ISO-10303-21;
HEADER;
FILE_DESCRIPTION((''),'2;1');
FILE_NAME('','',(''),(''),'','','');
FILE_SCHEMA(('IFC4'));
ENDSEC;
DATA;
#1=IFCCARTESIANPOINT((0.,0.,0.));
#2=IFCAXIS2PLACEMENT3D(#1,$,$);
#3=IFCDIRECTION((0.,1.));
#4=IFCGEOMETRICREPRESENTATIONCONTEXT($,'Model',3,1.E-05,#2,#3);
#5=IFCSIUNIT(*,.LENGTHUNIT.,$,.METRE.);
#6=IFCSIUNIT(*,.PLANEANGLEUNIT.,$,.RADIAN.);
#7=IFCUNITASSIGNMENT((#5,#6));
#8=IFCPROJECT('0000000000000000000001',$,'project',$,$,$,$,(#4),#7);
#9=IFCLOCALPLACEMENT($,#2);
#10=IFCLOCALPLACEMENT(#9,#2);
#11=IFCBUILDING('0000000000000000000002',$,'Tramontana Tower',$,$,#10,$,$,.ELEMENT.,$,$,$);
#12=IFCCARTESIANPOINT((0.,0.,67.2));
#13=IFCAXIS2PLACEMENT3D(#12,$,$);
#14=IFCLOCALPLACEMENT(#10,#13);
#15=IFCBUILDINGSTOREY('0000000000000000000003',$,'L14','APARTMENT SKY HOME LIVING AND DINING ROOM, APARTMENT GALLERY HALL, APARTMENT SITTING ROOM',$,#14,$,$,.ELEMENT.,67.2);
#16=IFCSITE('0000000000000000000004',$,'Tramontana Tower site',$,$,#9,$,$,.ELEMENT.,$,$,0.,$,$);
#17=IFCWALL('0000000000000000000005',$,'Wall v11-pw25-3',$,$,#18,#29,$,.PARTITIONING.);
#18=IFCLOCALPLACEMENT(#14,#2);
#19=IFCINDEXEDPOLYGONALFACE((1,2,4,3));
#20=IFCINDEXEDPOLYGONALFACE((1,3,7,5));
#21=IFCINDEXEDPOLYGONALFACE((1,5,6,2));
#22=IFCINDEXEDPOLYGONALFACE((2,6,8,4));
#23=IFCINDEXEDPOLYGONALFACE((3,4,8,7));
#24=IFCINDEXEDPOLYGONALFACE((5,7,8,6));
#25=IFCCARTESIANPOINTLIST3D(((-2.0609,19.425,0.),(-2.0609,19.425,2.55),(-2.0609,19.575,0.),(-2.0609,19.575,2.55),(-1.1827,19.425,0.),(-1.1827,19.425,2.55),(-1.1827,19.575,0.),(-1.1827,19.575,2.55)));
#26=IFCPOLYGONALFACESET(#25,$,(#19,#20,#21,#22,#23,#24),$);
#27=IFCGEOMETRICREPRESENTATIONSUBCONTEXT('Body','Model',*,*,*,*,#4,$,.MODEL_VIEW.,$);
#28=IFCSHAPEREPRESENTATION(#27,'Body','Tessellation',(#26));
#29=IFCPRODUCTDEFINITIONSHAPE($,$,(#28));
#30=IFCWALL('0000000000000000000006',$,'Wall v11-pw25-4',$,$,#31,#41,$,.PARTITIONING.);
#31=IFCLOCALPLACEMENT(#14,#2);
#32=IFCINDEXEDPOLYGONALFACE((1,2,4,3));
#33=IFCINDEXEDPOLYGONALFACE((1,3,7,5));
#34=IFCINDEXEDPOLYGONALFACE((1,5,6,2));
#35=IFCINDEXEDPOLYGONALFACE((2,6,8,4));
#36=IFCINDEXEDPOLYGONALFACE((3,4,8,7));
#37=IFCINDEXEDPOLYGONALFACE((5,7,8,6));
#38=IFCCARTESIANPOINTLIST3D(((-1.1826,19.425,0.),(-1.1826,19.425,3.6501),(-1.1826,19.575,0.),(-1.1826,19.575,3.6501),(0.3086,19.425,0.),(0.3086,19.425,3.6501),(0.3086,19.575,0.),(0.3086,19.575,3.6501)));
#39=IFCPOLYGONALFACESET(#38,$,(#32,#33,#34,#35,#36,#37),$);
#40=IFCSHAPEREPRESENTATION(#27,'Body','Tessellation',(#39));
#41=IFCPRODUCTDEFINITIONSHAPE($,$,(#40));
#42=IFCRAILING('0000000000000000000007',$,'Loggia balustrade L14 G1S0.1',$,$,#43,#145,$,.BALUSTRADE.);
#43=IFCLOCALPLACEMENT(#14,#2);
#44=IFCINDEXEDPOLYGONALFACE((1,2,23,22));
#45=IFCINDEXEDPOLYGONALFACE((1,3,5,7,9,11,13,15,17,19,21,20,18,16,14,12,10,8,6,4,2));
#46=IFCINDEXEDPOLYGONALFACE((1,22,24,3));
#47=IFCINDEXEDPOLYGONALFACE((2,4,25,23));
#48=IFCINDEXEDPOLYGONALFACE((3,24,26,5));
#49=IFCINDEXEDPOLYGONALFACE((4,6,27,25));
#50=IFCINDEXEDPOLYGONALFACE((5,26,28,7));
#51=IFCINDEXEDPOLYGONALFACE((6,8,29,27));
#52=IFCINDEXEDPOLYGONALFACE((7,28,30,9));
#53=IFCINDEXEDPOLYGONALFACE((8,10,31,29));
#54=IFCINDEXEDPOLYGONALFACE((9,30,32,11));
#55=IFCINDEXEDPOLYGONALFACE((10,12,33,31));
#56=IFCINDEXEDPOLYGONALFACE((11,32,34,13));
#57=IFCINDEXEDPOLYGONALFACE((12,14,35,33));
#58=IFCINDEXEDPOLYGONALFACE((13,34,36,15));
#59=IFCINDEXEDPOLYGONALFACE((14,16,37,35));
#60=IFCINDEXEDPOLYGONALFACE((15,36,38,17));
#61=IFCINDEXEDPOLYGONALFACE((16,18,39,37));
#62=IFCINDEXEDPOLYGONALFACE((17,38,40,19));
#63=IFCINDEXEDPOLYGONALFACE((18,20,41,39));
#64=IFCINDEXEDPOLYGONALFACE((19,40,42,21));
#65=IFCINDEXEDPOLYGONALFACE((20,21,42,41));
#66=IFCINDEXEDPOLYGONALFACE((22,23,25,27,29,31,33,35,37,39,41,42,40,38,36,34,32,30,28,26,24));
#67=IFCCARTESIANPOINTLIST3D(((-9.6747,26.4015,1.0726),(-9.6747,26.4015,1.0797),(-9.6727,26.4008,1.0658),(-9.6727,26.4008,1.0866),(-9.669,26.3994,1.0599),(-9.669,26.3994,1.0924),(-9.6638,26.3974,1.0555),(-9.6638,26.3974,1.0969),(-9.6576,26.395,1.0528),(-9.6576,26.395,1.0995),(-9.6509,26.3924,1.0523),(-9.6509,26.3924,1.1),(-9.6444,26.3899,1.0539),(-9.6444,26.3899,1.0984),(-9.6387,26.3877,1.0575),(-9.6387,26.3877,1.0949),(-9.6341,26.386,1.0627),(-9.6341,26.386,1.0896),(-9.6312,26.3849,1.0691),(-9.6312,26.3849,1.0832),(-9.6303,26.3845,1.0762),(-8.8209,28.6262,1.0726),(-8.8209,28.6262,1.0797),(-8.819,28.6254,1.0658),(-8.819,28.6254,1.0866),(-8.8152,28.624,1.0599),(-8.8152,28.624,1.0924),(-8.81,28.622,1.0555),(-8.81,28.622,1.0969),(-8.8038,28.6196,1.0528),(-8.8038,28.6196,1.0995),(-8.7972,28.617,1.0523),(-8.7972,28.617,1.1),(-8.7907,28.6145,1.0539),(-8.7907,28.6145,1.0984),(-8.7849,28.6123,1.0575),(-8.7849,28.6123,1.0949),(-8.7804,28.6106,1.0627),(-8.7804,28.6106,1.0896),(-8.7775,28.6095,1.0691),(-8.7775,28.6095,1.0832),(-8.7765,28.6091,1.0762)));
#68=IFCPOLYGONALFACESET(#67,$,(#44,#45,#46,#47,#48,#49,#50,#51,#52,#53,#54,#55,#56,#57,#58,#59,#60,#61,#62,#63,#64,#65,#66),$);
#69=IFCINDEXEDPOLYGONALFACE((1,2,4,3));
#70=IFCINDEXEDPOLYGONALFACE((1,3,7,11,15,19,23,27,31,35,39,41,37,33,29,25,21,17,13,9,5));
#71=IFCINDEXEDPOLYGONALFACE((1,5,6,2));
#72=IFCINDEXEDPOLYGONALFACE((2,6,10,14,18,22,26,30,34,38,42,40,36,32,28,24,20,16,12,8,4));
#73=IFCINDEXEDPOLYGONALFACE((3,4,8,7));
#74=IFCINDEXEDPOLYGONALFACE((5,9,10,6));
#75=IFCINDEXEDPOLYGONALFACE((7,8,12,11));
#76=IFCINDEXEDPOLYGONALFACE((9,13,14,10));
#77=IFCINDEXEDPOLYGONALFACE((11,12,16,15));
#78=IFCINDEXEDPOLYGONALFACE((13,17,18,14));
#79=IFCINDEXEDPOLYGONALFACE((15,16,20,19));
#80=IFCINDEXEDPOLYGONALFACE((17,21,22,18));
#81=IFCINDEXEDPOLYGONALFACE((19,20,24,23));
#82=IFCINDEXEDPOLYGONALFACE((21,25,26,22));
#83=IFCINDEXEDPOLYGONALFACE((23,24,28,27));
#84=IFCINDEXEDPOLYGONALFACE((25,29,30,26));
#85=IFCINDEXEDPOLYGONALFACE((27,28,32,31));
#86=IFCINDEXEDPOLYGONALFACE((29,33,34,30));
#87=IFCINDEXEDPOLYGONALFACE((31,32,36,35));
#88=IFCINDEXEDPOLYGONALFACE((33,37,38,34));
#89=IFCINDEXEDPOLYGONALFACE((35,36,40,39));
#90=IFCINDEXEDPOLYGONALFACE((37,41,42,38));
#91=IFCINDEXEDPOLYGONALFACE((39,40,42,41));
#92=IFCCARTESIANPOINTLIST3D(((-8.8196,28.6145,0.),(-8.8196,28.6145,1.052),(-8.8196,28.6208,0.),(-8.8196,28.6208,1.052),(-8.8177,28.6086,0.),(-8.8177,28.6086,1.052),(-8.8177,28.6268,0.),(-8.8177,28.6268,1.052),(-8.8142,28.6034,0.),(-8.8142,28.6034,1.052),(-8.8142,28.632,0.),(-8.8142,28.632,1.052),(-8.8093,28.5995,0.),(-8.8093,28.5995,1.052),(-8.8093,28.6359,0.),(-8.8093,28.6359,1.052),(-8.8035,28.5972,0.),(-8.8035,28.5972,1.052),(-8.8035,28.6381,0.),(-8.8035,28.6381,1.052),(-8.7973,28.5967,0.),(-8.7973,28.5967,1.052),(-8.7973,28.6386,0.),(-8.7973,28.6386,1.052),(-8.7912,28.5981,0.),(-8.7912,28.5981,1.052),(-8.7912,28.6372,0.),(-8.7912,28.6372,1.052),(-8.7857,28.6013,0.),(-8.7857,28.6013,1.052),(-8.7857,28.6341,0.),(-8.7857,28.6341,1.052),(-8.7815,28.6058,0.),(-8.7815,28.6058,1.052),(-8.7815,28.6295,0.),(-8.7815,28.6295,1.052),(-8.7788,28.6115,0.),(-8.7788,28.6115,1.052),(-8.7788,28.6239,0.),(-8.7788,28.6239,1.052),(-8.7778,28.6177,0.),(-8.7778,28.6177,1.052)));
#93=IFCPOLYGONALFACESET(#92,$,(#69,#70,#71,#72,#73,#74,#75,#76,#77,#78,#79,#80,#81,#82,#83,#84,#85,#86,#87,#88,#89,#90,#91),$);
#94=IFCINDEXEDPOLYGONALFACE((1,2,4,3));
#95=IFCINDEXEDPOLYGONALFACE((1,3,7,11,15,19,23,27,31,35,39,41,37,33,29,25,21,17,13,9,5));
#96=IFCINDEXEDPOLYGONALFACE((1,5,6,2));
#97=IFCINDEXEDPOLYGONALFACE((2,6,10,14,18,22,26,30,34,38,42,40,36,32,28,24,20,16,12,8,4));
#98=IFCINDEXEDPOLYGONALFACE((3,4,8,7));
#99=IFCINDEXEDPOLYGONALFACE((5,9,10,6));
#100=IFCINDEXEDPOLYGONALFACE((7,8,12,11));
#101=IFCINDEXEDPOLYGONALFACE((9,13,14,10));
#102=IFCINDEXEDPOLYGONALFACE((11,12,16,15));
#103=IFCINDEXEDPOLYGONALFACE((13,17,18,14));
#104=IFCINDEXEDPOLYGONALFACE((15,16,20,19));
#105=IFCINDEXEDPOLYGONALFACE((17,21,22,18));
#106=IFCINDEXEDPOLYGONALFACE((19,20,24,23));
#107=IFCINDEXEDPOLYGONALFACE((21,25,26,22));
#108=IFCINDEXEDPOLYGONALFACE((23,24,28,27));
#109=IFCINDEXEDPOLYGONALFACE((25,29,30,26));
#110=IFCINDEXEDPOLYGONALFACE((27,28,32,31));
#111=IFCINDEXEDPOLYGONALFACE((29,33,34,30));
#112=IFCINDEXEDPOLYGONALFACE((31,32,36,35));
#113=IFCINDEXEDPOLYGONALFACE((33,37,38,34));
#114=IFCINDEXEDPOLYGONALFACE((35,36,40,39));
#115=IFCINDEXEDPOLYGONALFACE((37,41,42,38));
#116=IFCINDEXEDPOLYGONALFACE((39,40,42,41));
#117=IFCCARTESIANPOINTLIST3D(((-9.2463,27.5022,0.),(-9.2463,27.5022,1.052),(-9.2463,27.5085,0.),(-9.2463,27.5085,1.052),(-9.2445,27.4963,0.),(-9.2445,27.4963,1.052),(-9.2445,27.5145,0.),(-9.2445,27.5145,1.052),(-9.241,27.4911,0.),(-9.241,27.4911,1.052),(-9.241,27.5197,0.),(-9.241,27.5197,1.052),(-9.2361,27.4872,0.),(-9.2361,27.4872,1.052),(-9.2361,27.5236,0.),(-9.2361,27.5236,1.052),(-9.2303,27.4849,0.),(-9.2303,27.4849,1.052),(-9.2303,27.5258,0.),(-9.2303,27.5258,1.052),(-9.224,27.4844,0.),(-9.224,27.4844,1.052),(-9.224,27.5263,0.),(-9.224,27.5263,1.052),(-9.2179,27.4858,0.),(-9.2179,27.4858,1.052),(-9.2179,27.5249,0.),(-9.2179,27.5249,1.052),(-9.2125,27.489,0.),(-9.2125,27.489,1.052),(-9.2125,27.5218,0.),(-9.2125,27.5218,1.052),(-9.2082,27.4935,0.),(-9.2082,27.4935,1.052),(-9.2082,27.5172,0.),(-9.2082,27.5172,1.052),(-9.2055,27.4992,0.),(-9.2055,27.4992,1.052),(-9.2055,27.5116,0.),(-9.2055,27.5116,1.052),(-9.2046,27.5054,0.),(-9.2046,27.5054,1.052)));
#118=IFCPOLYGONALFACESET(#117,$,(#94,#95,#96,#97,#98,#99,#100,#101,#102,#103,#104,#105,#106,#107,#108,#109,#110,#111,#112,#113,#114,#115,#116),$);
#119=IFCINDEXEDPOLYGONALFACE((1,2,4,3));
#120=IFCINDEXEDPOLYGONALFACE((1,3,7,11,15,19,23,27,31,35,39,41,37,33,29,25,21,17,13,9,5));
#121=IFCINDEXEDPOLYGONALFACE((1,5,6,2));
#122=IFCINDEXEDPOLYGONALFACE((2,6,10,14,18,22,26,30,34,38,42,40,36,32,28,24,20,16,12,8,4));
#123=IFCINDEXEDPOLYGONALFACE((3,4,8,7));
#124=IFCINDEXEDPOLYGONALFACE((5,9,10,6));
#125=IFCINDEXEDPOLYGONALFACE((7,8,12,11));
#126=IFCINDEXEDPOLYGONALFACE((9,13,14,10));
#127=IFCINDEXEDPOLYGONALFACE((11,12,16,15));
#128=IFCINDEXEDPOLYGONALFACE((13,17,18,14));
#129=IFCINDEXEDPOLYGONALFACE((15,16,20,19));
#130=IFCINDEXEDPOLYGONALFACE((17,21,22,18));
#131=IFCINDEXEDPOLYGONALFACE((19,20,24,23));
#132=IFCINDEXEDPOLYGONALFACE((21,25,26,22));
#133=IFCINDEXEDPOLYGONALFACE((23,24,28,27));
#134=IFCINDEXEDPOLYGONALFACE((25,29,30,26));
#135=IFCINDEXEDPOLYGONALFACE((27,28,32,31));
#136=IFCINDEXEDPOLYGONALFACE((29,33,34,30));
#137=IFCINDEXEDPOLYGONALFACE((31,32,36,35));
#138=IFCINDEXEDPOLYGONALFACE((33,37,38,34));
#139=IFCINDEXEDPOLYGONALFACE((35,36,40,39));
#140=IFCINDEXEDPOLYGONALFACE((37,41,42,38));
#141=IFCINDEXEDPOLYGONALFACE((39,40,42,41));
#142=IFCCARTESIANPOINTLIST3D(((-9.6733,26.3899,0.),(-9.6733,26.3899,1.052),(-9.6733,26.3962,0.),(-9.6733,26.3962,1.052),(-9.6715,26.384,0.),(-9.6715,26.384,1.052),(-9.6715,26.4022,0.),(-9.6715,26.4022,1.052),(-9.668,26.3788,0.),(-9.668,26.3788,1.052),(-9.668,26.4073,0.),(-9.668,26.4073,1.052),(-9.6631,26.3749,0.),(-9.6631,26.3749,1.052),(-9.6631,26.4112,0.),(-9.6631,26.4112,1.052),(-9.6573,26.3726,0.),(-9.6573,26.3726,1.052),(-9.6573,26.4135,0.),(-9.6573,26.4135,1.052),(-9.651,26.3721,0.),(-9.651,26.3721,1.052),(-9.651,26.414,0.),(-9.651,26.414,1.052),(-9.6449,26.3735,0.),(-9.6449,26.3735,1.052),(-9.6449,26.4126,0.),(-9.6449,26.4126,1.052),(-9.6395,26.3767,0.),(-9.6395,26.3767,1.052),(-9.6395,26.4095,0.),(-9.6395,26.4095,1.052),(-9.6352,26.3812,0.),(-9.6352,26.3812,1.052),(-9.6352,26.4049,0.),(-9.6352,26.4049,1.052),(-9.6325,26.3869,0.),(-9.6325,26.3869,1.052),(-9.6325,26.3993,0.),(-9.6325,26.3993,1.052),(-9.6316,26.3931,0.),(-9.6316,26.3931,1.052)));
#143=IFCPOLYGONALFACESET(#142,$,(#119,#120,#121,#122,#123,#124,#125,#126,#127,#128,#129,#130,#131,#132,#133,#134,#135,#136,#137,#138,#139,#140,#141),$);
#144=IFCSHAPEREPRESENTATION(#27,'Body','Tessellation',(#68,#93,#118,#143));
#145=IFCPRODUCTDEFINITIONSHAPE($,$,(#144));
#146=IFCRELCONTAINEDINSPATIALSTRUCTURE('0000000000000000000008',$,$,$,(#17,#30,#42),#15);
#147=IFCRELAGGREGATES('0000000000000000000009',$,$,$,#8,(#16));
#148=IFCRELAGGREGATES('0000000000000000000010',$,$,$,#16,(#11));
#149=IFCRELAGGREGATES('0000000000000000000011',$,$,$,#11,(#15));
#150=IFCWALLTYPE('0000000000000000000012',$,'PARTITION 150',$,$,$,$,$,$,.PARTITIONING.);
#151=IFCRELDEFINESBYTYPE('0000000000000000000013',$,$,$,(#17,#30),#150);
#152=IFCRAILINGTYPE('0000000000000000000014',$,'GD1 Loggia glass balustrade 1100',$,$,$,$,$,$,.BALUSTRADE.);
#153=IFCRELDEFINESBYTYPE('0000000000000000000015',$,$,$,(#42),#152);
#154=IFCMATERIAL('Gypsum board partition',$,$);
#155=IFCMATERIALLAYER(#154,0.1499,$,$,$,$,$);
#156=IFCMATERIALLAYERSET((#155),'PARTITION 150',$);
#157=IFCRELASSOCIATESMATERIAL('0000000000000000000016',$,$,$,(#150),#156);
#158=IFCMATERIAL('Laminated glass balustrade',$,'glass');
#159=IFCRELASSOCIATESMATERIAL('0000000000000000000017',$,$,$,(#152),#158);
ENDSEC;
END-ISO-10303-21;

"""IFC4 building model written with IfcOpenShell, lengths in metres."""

from ifc_helpers import new_model, si_unit, direction, frame, frame_2d, origin, origin_2d, place, context, subcontext, project, spatial, rectangle, circle, extrude, material, layer, layer_set, type_object, element, save


model = new_model("IFC4")

# Units and contexts
model_context = context("Model", 3, precision=1e-05, world=origin(), true_north=direction((0.0, 1.0)))
body_context = subcontext(model_context, "Body", "Model", "MODEL_VIEW")
ifc_project = project(units=[si_unit("LENGTHUNIT", "METRE"), si_unit("PLANEANGLEUNIT", "RADIAN")], contexts=[model_context])

# Site, building, storey
site_placement = place(None, origin())
site = spatial("IfcSite", under=ifc_project, at=site_placement, Name="Tramontana Tower site", CompositionType="ELEMENT", RefElevation=0.0)
building_placement = place(site_placement, origin())
building = spatial("IfcBuilding", under=site, at=building_placement, Name="Tramontana Tower", CompositionType="ELEMENT")
storey_placement = place(building_placement, frame((0.0, 0.0, 67.2)))
storey = spatial("IfcBuildingStorey", under=building, at=storey_placement, Name="L14", Description="APARTMENT SKY HOME LIVING AND DINING ROOM, APARTMENT GALLERY HALL, APARTMENT SITTING ROOM", CompositionType="ELEMENT", Elevation=67.2)

# Shared definitions
ifc_material_1 = material(Name="Gypsum board partition")
ifc_layer_1 = layer(ifc_material_1, 0.1499)
ifc_layer_set_1 = layer_set([ifc_layer_1], Name="PARTITION 150")
wall_type_1 = type_object("IfcWallType", Name="PARTITION 150", PredefinedType="PARTITIONING", material=ifc_layer_set_1)

# Walls
wall_1_placement = place(storey_placement, frame((-2.0608, 19.5, 0.0), z_axis=(0.0, 0.0, 1.0), x_axis=(1.0, 0.0, 0.0)))
element("IfcWall", 1, at=wall_1_placement, inside=storey, type_object=wall_type_1, Name="Wall v11-pw25-3", PredefinedType="PARTITIONING", context=body_context, shape_type="SweptSolid", body=[
    extrude(rectangle(XDim=0.8782, YDim=0.1499, at=frame_2d((0.439, 0.0))), origin(), (0.0, 0.0, 1.0), 2.55),
])
wall_2_placement = place(storey_placement, frame((-1.1826, 19.5, 0.0), z_axis=(0.0, 0.0, 1.0), x_axis=(1.0, 0.0, 0.0)))
element("IfcWall", 2, at=wall_2_placement, inside=storey, type_object=wall_type_1, Name="Wall v11-pw25-4", PredefinedType="PARTITIONING", context=body_context, shape_type="SweptSolid", body=[
    extrude(rectangle(XDim=1.4912, YDim=0.1499, at=frame_2d((0.7456, 0.0))), origin(), (0.0, 0.0, 1.0), 3.6501),
])

# Railing
ifc_material_2 = material(Name="Laminated glass balustrade", Category="glass")
railing_type = type_object("IfcRailingType", Name="GD1 Loggia glass balustrade 1100", PredefinedType="BALUSTRADE", material=ifc_material_2)
railing_placement = place(storey_placement, frame((-8.7988, 28.6177, 0.0)))
element("IfcRailing", 3, at=railing_placement, inside=storey, type_object=railing_type, Name="Loggia balustrade L14 G1S0.1", PredefinedType="BALUSTRADE", context=body_context, shape_type="SweptSolid", body=[
    extrude(circle(Radius=0.0239, at=origin_2d()), frame((0.0, 0.0, 1.0762), z_axis=(-0.358299, -0.933607, 0.0), x_axis=(0.933607, -0.358299, 0.0)), (0.0, 0.0, 1.0), 2.3828),
    extrude(circle(Radius=0.021, at=origin_2d()), origin(), (0.0, 0.0, 1.0), 1.052),
    extrude(circle(Radius=0.021, at=origin_2d()), frame((-0.4268, -1.1123, 0.0)), (0.0, 0.0, 1.0), 1.052),
    extrude(circle(Radius=0.021, at=origin_2d()), frame((-0.8538, -2.2246, 0.0)), (0.0, 0.0, 1.0), 1.052),
])

save(model, "model.ifc")
